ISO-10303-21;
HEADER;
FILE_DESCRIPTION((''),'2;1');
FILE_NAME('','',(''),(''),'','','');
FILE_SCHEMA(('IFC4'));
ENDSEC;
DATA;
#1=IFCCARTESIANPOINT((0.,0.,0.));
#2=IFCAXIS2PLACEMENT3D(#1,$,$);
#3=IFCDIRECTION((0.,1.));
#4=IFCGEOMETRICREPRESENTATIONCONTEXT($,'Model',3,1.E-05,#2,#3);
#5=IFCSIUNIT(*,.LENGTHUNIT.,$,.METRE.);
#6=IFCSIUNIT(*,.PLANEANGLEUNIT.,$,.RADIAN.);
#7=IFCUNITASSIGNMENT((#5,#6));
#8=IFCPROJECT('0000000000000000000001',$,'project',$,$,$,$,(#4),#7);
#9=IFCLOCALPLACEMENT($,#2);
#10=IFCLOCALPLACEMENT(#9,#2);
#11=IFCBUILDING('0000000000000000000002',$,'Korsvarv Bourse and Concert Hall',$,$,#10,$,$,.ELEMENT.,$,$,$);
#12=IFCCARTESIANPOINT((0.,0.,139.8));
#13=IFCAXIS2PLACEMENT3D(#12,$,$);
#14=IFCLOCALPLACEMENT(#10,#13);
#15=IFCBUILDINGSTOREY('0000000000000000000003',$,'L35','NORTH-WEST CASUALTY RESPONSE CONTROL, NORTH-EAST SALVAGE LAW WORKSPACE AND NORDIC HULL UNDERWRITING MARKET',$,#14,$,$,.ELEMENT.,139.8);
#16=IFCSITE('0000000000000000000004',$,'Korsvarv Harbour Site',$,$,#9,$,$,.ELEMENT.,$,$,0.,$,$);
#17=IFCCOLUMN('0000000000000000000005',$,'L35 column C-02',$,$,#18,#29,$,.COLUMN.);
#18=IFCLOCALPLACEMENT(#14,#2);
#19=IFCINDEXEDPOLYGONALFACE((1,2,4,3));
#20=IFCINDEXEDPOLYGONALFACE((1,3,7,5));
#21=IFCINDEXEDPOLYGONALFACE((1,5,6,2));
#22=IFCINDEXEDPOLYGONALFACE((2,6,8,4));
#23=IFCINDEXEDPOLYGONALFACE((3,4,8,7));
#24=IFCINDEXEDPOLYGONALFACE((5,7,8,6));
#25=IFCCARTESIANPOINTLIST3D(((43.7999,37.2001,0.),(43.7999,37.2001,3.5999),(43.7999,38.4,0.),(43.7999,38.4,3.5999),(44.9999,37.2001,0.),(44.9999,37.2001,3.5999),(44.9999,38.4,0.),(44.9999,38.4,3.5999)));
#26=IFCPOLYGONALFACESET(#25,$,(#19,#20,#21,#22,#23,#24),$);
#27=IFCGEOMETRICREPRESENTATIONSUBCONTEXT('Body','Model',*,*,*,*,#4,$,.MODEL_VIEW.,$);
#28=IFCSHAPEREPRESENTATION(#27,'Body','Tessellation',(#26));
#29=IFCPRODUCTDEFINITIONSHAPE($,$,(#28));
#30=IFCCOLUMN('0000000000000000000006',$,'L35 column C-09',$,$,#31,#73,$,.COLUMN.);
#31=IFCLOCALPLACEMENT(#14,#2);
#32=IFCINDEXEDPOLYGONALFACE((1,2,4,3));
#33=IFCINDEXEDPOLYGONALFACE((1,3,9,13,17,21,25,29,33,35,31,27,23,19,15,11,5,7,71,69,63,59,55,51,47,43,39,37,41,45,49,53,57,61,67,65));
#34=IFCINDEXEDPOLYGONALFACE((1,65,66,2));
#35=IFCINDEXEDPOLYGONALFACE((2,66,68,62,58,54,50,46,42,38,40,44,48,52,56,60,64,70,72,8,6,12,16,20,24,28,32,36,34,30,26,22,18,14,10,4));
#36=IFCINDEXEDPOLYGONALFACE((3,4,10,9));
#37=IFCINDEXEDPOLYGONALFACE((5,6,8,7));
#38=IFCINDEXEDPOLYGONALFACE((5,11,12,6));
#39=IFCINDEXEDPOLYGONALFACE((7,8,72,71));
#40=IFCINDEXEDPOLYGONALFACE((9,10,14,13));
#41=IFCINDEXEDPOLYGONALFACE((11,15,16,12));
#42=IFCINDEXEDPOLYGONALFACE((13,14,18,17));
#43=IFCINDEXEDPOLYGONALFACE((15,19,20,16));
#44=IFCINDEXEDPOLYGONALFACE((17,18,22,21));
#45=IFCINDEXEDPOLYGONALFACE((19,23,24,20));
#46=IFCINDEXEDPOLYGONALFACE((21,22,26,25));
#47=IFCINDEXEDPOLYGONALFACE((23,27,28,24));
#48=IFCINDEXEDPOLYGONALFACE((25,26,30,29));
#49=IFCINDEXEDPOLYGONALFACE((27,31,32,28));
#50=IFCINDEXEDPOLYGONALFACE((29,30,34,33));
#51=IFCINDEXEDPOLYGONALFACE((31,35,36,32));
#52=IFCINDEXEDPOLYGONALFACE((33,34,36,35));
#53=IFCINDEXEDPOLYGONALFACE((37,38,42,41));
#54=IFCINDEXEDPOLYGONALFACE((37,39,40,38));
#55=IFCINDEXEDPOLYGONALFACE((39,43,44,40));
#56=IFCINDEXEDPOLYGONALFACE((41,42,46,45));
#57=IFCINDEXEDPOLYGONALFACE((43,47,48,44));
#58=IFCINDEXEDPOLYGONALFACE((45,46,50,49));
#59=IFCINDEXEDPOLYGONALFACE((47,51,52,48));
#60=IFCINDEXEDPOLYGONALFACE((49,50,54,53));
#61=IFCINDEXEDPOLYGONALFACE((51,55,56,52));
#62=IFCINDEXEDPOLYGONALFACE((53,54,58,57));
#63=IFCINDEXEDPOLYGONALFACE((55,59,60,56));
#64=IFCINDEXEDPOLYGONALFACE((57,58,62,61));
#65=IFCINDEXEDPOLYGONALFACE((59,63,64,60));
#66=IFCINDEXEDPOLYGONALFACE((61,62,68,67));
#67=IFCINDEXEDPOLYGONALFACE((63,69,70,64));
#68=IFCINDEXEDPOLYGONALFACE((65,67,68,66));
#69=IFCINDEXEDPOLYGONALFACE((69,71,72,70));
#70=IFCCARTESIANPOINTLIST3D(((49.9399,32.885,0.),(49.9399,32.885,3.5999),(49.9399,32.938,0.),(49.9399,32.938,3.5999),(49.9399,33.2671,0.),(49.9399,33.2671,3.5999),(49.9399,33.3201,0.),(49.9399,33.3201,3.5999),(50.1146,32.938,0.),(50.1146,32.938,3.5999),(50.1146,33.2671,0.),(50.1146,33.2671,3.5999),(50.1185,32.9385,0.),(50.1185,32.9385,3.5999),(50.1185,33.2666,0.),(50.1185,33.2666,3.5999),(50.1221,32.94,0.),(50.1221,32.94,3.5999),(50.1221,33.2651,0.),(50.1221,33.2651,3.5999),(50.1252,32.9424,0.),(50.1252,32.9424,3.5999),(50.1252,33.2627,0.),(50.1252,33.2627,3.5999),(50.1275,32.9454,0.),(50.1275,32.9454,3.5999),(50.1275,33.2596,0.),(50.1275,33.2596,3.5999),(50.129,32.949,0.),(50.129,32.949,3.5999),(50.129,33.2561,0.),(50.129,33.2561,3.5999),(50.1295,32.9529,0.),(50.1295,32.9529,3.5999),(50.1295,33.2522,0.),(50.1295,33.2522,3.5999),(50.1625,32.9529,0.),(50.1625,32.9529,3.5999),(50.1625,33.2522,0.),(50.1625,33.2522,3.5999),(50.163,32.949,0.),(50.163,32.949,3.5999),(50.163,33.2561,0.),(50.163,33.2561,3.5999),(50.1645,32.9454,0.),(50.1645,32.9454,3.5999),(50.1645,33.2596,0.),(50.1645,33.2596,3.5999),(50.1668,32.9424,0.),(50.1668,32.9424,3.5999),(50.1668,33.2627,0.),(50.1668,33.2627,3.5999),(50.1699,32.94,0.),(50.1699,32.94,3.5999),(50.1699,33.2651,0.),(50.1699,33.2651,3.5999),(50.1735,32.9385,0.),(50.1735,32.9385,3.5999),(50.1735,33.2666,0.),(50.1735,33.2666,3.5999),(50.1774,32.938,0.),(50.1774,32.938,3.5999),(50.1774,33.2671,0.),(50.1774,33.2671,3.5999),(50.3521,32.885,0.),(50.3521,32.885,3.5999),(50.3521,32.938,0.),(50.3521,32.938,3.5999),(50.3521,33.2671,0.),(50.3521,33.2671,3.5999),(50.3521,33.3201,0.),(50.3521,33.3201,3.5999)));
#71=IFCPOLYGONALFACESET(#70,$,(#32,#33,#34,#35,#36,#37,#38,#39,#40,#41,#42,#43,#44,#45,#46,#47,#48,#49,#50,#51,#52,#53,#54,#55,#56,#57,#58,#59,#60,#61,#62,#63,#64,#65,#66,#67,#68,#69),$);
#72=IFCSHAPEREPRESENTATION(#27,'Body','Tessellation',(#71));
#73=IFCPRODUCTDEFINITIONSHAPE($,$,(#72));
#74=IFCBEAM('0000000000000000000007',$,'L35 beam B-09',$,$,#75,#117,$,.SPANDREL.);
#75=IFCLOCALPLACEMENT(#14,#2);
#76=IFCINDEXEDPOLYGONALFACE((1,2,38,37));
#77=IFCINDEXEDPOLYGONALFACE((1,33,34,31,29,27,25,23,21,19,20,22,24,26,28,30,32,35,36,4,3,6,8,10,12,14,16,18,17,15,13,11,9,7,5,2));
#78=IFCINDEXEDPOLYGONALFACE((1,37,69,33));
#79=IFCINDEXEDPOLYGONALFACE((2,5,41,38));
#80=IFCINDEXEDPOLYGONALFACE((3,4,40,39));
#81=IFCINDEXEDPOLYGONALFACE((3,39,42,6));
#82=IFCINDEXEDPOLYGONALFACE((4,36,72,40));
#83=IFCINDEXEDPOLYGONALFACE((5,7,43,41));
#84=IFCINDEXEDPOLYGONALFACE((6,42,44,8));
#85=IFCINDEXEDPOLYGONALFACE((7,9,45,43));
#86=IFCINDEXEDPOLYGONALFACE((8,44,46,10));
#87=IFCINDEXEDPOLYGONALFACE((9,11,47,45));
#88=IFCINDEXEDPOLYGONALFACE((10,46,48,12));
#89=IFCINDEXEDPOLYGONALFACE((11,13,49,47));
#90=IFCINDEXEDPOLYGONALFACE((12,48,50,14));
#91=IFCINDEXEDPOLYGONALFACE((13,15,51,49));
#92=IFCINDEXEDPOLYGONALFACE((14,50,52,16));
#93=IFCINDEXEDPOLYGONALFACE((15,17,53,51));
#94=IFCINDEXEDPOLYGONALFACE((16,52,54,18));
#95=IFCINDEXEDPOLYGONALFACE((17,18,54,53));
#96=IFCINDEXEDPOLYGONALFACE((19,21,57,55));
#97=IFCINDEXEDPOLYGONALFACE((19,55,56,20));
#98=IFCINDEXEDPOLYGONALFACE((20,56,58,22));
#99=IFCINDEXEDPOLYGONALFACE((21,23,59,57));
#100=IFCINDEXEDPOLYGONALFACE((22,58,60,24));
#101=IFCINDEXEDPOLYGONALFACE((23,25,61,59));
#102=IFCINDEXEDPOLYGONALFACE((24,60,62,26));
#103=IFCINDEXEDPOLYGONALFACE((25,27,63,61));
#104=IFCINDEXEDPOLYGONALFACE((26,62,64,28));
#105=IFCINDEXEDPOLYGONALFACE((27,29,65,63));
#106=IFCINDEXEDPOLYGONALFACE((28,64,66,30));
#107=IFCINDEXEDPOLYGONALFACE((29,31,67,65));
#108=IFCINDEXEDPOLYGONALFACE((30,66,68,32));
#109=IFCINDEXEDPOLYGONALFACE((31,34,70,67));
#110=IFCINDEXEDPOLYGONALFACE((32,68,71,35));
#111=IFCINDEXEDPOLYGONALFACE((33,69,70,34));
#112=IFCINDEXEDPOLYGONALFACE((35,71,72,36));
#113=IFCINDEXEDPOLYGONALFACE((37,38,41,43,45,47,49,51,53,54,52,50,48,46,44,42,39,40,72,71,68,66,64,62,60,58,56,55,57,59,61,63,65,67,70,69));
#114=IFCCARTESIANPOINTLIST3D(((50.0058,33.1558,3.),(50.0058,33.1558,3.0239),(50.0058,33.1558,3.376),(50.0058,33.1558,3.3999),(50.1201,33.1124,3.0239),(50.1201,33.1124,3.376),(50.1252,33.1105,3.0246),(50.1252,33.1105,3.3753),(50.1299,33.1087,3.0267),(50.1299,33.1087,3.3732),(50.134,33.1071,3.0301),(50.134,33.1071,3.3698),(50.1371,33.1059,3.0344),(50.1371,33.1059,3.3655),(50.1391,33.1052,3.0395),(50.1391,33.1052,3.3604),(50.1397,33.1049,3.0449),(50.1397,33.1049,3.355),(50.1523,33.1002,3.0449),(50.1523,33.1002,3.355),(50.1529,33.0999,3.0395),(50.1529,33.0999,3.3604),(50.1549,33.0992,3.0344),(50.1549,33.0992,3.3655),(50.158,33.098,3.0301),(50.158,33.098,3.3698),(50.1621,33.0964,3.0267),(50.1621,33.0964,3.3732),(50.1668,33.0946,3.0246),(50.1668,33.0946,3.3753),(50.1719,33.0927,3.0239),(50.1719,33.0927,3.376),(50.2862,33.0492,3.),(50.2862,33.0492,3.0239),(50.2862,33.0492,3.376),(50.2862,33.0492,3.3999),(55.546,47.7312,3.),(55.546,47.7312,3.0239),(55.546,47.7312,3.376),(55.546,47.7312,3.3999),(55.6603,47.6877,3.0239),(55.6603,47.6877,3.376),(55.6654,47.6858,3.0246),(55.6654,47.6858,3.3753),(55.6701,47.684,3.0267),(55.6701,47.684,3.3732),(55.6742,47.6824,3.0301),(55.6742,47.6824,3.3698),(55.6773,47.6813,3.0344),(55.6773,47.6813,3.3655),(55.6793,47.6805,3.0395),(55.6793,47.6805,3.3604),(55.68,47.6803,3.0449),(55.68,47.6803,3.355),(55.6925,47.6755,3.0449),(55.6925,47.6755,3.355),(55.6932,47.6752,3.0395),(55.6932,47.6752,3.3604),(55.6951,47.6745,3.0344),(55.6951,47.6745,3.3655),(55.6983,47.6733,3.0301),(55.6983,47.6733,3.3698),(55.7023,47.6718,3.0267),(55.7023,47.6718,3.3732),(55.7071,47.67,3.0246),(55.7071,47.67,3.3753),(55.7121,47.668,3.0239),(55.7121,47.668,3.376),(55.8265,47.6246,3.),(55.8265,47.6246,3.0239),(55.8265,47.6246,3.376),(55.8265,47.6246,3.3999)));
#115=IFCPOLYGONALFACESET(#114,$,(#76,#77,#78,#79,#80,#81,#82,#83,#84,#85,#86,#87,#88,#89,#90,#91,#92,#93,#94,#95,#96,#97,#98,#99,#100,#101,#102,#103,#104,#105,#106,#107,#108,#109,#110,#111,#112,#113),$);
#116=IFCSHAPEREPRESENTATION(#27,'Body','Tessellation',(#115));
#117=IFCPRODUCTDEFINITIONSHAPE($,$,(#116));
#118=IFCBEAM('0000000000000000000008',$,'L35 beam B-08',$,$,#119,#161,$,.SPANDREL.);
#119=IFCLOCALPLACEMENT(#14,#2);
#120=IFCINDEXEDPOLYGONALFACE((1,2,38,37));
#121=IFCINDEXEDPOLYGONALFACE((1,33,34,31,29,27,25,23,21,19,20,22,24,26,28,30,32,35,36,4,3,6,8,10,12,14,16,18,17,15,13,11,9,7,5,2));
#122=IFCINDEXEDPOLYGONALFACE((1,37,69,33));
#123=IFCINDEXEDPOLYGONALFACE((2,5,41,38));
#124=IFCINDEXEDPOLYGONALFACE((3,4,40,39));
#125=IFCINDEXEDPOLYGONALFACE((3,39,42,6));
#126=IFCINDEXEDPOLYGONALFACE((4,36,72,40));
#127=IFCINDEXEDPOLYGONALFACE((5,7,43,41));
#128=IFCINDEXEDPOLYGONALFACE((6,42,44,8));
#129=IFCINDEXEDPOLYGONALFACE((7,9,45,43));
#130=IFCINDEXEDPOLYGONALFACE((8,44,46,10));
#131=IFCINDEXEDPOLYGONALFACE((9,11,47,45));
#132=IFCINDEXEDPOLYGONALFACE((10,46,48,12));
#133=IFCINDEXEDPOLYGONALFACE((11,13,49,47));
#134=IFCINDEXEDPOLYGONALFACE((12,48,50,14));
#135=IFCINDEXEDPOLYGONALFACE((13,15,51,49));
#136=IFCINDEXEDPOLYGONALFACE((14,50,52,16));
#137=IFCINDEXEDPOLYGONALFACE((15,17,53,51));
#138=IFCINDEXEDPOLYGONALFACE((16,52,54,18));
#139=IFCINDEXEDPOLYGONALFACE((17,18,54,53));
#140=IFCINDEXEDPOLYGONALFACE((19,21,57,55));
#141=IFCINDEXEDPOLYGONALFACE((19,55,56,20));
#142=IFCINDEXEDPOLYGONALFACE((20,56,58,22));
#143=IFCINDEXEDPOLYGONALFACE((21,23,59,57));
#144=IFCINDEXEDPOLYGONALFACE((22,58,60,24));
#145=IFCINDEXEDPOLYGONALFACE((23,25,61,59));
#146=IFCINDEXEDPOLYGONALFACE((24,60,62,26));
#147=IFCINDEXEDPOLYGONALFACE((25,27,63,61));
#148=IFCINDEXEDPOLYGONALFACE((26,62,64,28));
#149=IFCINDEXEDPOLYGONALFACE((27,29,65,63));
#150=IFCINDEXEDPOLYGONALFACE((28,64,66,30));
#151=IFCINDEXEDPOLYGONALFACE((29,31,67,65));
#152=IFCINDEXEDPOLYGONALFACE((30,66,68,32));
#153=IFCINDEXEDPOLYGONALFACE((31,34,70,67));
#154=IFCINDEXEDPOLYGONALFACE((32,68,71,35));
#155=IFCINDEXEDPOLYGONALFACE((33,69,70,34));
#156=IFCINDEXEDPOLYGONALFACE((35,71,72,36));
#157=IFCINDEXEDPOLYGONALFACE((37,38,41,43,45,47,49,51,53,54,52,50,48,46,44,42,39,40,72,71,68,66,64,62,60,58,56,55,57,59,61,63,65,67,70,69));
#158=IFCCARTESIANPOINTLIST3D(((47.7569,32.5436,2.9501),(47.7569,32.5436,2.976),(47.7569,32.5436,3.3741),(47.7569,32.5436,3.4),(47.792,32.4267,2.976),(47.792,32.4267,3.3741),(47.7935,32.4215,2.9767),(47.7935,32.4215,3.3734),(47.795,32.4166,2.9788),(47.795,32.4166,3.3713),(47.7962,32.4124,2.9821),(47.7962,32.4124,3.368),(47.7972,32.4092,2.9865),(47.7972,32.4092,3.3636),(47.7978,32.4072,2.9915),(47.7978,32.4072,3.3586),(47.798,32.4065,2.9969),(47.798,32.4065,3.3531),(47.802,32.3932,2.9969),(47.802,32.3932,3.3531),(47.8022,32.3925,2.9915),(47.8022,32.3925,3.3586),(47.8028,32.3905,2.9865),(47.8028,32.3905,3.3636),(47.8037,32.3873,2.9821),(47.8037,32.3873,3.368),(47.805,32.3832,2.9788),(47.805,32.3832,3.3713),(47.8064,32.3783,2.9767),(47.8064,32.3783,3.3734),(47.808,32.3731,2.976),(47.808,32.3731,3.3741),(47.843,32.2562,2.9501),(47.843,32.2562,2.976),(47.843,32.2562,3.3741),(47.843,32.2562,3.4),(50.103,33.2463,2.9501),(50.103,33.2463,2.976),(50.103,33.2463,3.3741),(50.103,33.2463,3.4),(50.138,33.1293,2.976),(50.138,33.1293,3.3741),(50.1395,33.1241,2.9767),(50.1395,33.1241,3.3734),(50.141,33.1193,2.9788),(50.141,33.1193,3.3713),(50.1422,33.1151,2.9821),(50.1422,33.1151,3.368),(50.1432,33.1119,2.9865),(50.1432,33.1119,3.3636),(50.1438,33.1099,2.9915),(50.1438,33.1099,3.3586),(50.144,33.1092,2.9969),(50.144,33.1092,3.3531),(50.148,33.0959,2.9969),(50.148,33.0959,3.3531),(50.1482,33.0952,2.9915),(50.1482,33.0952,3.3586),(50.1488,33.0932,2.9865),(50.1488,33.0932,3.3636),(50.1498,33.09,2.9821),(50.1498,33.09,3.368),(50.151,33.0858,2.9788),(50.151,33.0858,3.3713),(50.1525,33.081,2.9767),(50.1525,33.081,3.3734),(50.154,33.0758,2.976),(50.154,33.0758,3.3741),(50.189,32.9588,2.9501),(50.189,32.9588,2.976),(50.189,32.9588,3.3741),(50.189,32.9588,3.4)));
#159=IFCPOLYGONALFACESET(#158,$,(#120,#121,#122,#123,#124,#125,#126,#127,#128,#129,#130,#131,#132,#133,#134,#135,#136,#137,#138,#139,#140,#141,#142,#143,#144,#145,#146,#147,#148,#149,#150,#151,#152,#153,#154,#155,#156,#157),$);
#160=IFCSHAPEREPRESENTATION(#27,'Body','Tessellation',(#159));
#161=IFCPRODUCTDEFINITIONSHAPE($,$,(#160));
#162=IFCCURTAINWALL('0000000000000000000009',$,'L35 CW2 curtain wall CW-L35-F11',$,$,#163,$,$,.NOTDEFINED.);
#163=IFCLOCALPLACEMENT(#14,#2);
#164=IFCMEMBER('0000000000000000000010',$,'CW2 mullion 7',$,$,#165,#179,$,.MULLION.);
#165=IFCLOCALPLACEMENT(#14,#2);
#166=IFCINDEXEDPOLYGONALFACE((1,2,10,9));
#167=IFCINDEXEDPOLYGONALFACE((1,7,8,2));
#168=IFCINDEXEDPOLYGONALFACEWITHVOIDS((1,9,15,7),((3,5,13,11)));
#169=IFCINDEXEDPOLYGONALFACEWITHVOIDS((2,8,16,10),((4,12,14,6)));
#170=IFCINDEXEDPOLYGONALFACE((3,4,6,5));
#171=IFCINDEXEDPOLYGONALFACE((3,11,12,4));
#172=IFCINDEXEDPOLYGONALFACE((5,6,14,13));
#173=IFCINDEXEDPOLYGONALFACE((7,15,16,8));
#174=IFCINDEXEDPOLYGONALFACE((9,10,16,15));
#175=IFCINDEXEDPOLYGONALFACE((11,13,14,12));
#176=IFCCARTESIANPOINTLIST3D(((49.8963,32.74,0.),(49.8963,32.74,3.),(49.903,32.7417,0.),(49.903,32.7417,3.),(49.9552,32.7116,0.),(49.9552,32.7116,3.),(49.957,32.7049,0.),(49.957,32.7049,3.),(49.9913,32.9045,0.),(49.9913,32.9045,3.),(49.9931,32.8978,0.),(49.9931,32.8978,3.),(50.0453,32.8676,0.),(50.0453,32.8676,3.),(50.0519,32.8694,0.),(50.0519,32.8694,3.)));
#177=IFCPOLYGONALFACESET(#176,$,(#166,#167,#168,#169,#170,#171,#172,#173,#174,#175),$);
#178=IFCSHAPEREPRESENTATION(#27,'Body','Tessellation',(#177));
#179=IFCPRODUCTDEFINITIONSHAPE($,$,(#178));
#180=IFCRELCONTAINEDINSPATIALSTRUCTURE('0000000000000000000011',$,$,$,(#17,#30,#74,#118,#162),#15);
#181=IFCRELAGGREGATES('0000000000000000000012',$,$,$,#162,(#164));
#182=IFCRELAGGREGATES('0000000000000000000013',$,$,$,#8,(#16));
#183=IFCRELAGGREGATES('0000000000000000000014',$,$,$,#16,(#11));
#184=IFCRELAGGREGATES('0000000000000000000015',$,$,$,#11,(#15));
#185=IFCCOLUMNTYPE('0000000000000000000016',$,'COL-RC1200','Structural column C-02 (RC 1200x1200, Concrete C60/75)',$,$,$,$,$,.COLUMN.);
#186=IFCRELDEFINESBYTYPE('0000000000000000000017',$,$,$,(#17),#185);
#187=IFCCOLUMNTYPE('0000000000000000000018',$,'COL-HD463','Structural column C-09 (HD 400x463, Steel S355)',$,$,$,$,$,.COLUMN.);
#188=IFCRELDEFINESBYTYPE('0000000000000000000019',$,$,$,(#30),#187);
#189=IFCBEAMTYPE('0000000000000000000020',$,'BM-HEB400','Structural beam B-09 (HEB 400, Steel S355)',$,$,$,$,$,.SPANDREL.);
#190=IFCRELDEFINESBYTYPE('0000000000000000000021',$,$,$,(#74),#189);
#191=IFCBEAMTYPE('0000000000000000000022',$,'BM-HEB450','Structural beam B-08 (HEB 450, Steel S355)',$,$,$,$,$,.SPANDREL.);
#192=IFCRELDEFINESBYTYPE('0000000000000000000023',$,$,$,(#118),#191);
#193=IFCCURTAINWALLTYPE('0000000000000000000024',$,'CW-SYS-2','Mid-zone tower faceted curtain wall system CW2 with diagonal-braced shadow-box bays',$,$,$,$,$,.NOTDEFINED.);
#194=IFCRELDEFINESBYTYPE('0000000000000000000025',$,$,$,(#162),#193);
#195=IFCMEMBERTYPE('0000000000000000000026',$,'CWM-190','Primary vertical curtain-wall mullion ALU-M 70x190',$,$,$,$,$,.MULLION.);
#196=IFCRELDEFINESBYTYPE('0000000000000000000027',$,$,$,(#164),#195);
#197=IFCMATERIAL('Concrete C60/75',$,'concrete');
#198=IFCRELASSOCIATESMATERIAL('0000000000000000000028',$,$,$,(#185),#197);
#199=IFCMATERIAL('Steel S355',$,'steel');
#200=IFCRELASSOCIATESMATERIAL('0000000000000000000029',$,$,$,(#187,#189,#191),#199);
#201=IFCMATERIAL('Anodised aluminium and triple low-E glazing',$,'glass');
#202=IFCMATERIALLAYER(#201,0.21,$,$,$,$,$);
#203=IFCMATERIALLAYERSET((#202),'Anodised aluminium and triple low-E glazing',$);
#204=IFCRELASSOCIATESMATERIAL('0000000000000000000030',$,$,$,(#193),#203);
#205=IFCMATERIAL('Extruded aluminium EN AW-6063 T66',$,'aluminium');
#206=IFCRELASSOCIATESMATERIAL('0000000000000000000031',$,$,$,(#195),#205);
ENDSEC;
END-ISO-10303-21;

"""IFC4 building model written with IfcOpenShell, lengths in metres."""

from ifc_helpers import new_model, si_unit, direction, frame, origin, origin_2d, place, context, subcontext, project, spatial, rectangle, hollow_rectangle, i_section, extrude, source, transform, mapped, material, layer, layer_set, material_profile, profile_set, type_object, element, aggregate, save


model = new_model("IFC4")

# Units and contexts
model_context = context("Model", 3, precision=1e-05, world=origin(), true_north=direction((0.0, 1.0)))
body_context = subcontext(model_context, "Body", "Model", "MODEL_VIEW")
ifc_project = project(units=[si_unit("LENGTHUNIT", "METRE"), si_unit("PLANEANGLEUNIT", "RADIAN")], contexts=[model_context])

# Site, building, storey
site_placement = place(None, origin())
site = spatial("IfcSite", under=ifc_project, at=site_placement, Name="Korsvarv Harbour Site", CompositionType="ELEMENT", RefElevation=0.0)
building_placement = place(site_placement, origin())
building = spatial("IfcBuilding", under=site, at=building_placement, Name="Korsvarv Bourse and Concert Hall", CompositionType="ELEMENT")
storey_placement = place(building_placement, frame((0.0, 0.0, 139.8)))
storey = spatial("IfcBuildingStorey", under=building, at=storey_placement, Name="L35", Description="NORTH-WEST CASUALTY RESPONSE CONTROL, NORTH-EAST SALVAGE LAW WORKSPACE AND NORDIC HULL UNDERWRITING MARKET", CompositionType="ELEMENT", Elevation=139.8)

# Columns
ifc_material_1 = material(Name="Concrete C60/75", Category="concrete")
ifc_material_profile_1 = material_profile(ifc_material_1, rectangle(XDim=1.2, YDim=1.2, at=origin_2d()), Name="RC 1200x1200")
ifc_profile_set_1 = profile_set([ifc_material_profile_1], Name="Concrete C60/75")
column_type_1 = type_object("IfcColumnType", Name="COL-RC1200", Description="Structural column C-02 (RC 1200x1200, Concrete C60/75)", PredefinedType="COLUMN", material=ifc_profile_set_1)
shared_shape_1 = source(origin(), body_context, "Body", "SweptSolid", [
    extrude(rectangle(XDim=1.2, YDim=1.2, at=origin_2d()), origin(), (0.0, 0.0, 1.0), 3.5999),
])
column_1_placement = place(storey_placement, frame((44.3999, 37.8, 0.0), z_axis=(0.0, 0.0, 1.0), x_axis=(1.0, 0.0, 0.0)))
element("IfcColumn", 1, at=column_1_placement, inside=storey, type_object=column_type_1, Name="L35 column C-02", PredefinedType="COLUMN", context=body_context, shape_type="MappedRepresentation", body=[
    mapped(shared_shape_1, transform((0.0, 0.0, 0.0), scale=1.0)),
])
ifc_material_2 = material(Name="Steel S355", Category="steel")
ifc_material_profile_2 = material_profile(ifc_material_2, i_section(OverallWidth=0.4121, OverallDepth=0.4351, WebThickness=0.033, FlangeThickness=0.053, FilletRadius=0.0149, at=origin_2d()), Name="HD 400x463")
ifc_profile_set_2 = profile_set([ifc_material_profile_2], Name="Steel S355")
column_type_2 = type_object("IfcColumnType", Name="COL-HD463", Description="Structural column C-09 (HD 400x463, Steel S355)", PredefinedType="COLUMN", material=ifc_profile_set_2)
shared_shape_2 = source(origin(), body_context, "Body", "SweptSolid", [
    extrude(i_section(OverallWidth=0.4121, OverallDepth=0.4351, WebThickness=0.033, FlangeThickness=0.053, FilletRadius=0.0149, at=origin_2d()), origin(), (0.0, 0.0, 1.0), 3.5999),
])
column_2_placement = place(storey_placement, frame((50.146, 33.1025, 0.0), z_axis=(0.0, 0.0, 1.0), x_axis=(1.0, 0.0, 0.0)))
element("IfcColumn", 2, at=column_2_placement, inside=storey, type_object=column_type_2, Name="L35 column C-09", PredefinedType="COLUMN", context=body_context, shape_type="MappedRepresentation", body=[
    mapped(shared_shape_2, transform((0.0, 0.0, 0.0), scale=1.0)),
])

# Beams
ifc_material_profile_3 = material_profile(ifc_material_2, i_section(OverallWidth=0.3, OverallDepth=0.3999, WebThickness=0.0134, FlangeThickness=0.0239, FilletRadius=0.021, at=origin_2d()), Name="HEB 400")
ifc_profile_set_3 = profile_set([ifc_material_profile_3], Name="Steel S355")
beam_type_1 = type_object("IfcBeamType", Name="BM-HEB400", Description="Structural beam B-09 (HEB 400, Steel S355)", PredefinedType="SPANDREL", material=ifc_profile_set_3)
shared_shape_3 = source(origin(), body_context, "Body", "SweptSolid", [
    extrude(i_section(OverallWidth=0.3, OverallDepth=0.3999, WebThickness=0.0134, FlangeThickness=0.0239, FilletRadius=0.021, at=origin_2d()), origin(), (0.0, 0.0, 1.0), 15.5928),
])
beam_1_placement = place(storey_placement, frame((50.146, 33.1025, 3.2), z_axis=(0.355308, 0.934749, 0.0), x_axis=(-0.934749, 0.355308, 0.0)))
element("IfcBeam", 3, at=beam_1_placement, inside=storey, type_object=beam_type_1, Name="L35 beam B-09", PredefinedType="SPANDREL", context=body_context, shape_type="MappedRepresentation", body=[
    mapped(shared_shape_3, transform((0.0, 0.0, 0.0), scale=1.0)),
])
ifc_material_profile_4 = material_profile(ifc_material_2, i_section(OverallWidth=0.3, OverallDepth=0.45, WebThickness=0.0139, FlangeThickness=0.0259, FilletRadius=0.021, at=origin_2d()), Name="HEB 450")
ifc_profile_set_4 = profile_set([ifc_material_profile_4], Name="Steel S355")
beam_type_2 = type_object("IfcBeamType", Name="BM-HEB450", Description="Structural beam B-08 (HEB 450, Steel S355)", PredefinedType="SPANDREL", material=ifc_profile_set_4)
shared_shape_4 = source(origin(), body_context, "Body", "SweptSolid", [
    extrude(i_section(OverallWidth=0.3, OverallDepth=0.45, WebThickness=0.0139, FlangeThickness=0.0259, FilletRadius=0.021, at=origin_2d()), origin(), (0.0, 0.0, 1.0), 2.449),
])
beam_2_placement = place(storey_placement, frame((50.146, 33.1025, 3.175), z_axis=(-0.957955, -0.286918, 0.0), x_axis=(0.286918, -0.957955, 0.0)))
element("IfcBeam", 4, at=beam_2_placement, inside=storey, type_object=beam_type_2, Name="L35 beam B-08", PredefinedType="SPANDREL", context=body_context, shape_type="MappedRepresentation", body=[
    mapped(shared_shape_4, transform((0.0, 0.0, 0.0), scale=1.0)),
])

# Curtain wall, member
ifc_material_3 = material(Name="Anodised aluminium and triple low-E glazing", Category="glass")
ifc_layer_1 = layer(ifc_material_3, 0.21)
ifc_layer_set_1 = layer_set([ifc_layer_1], Name="Anodised aluminium and triple low-E glazing")
curtain_wall_type = type_object("IfcCurtainWallType", Name="CW-SYS-2", Description="Mid-zone tower faceted curtain wall system CW2 with diagonal-braced shadow-box bays", PredefinedType="NOTDEFINED", material=ifc_layer_set_1)
curtain_wall_placement = place(storey_placement, origin())
curtain_wall = element("IfcCurtainWall", 5, at=curtain_wall_placement, inside=storey, type_object=curtain_wall_type, Name="L35 CW2 curtain wall CW-L35-F11", PredefinedType="NOTDEFINED")
ifc_material_4 = material(Name="Extruded aluminium EN AW-6063 T66", Category="aluminium")
ifc_material_profile_5 = material_profile(ifc_material_4, hollow_rectangle(XDim=0.0701, YDim=0.1899, WallThickness=0.0049, at=origin_2d()), Name="ALU-M 70x190")
ifc_profile_set_5 = profile_set([ifc_material_profile_5], Name="Extruded aluminium EN AW-6063 T66")
member_type = type_object("IfcMemberType", Name="CWM-190", Description="Primary vertical curtain-wall mullion ALU-M 70x190", PredefinedType="MULLION", material=ifc_profile_set_5)
shared_shape_5 = source(origin(), body_context, "Body", "SweptSolid", [
    extrude(hollow_rectangle(XDim=0.0701, YDim=0.1899, WallThickness=0.0049, at=origin_2d()), origin(), (0.0, 0.0, 1.0), 3.0),
])
member_placement = place(storey_placement, frame((49.9741, 32.8047, 0.0), z_axis=(0.0, 0.0, 1.0), x_axis=(-0.866025, 0.5, 0.0)))
member = element("IfcMember", 6, at=member_placement, type_object=member_type, Name="CW2 mullion 7", PredefinedType="MULLION", context=body_context, shape_type="MappedRepresentation", body=[
    mapped(shared_shape_5, transform((0.0, 0.0, 0.0), scale=1.0)),
])
aggregate(curtain_wall, [member])

save(model, "model.ifc")
